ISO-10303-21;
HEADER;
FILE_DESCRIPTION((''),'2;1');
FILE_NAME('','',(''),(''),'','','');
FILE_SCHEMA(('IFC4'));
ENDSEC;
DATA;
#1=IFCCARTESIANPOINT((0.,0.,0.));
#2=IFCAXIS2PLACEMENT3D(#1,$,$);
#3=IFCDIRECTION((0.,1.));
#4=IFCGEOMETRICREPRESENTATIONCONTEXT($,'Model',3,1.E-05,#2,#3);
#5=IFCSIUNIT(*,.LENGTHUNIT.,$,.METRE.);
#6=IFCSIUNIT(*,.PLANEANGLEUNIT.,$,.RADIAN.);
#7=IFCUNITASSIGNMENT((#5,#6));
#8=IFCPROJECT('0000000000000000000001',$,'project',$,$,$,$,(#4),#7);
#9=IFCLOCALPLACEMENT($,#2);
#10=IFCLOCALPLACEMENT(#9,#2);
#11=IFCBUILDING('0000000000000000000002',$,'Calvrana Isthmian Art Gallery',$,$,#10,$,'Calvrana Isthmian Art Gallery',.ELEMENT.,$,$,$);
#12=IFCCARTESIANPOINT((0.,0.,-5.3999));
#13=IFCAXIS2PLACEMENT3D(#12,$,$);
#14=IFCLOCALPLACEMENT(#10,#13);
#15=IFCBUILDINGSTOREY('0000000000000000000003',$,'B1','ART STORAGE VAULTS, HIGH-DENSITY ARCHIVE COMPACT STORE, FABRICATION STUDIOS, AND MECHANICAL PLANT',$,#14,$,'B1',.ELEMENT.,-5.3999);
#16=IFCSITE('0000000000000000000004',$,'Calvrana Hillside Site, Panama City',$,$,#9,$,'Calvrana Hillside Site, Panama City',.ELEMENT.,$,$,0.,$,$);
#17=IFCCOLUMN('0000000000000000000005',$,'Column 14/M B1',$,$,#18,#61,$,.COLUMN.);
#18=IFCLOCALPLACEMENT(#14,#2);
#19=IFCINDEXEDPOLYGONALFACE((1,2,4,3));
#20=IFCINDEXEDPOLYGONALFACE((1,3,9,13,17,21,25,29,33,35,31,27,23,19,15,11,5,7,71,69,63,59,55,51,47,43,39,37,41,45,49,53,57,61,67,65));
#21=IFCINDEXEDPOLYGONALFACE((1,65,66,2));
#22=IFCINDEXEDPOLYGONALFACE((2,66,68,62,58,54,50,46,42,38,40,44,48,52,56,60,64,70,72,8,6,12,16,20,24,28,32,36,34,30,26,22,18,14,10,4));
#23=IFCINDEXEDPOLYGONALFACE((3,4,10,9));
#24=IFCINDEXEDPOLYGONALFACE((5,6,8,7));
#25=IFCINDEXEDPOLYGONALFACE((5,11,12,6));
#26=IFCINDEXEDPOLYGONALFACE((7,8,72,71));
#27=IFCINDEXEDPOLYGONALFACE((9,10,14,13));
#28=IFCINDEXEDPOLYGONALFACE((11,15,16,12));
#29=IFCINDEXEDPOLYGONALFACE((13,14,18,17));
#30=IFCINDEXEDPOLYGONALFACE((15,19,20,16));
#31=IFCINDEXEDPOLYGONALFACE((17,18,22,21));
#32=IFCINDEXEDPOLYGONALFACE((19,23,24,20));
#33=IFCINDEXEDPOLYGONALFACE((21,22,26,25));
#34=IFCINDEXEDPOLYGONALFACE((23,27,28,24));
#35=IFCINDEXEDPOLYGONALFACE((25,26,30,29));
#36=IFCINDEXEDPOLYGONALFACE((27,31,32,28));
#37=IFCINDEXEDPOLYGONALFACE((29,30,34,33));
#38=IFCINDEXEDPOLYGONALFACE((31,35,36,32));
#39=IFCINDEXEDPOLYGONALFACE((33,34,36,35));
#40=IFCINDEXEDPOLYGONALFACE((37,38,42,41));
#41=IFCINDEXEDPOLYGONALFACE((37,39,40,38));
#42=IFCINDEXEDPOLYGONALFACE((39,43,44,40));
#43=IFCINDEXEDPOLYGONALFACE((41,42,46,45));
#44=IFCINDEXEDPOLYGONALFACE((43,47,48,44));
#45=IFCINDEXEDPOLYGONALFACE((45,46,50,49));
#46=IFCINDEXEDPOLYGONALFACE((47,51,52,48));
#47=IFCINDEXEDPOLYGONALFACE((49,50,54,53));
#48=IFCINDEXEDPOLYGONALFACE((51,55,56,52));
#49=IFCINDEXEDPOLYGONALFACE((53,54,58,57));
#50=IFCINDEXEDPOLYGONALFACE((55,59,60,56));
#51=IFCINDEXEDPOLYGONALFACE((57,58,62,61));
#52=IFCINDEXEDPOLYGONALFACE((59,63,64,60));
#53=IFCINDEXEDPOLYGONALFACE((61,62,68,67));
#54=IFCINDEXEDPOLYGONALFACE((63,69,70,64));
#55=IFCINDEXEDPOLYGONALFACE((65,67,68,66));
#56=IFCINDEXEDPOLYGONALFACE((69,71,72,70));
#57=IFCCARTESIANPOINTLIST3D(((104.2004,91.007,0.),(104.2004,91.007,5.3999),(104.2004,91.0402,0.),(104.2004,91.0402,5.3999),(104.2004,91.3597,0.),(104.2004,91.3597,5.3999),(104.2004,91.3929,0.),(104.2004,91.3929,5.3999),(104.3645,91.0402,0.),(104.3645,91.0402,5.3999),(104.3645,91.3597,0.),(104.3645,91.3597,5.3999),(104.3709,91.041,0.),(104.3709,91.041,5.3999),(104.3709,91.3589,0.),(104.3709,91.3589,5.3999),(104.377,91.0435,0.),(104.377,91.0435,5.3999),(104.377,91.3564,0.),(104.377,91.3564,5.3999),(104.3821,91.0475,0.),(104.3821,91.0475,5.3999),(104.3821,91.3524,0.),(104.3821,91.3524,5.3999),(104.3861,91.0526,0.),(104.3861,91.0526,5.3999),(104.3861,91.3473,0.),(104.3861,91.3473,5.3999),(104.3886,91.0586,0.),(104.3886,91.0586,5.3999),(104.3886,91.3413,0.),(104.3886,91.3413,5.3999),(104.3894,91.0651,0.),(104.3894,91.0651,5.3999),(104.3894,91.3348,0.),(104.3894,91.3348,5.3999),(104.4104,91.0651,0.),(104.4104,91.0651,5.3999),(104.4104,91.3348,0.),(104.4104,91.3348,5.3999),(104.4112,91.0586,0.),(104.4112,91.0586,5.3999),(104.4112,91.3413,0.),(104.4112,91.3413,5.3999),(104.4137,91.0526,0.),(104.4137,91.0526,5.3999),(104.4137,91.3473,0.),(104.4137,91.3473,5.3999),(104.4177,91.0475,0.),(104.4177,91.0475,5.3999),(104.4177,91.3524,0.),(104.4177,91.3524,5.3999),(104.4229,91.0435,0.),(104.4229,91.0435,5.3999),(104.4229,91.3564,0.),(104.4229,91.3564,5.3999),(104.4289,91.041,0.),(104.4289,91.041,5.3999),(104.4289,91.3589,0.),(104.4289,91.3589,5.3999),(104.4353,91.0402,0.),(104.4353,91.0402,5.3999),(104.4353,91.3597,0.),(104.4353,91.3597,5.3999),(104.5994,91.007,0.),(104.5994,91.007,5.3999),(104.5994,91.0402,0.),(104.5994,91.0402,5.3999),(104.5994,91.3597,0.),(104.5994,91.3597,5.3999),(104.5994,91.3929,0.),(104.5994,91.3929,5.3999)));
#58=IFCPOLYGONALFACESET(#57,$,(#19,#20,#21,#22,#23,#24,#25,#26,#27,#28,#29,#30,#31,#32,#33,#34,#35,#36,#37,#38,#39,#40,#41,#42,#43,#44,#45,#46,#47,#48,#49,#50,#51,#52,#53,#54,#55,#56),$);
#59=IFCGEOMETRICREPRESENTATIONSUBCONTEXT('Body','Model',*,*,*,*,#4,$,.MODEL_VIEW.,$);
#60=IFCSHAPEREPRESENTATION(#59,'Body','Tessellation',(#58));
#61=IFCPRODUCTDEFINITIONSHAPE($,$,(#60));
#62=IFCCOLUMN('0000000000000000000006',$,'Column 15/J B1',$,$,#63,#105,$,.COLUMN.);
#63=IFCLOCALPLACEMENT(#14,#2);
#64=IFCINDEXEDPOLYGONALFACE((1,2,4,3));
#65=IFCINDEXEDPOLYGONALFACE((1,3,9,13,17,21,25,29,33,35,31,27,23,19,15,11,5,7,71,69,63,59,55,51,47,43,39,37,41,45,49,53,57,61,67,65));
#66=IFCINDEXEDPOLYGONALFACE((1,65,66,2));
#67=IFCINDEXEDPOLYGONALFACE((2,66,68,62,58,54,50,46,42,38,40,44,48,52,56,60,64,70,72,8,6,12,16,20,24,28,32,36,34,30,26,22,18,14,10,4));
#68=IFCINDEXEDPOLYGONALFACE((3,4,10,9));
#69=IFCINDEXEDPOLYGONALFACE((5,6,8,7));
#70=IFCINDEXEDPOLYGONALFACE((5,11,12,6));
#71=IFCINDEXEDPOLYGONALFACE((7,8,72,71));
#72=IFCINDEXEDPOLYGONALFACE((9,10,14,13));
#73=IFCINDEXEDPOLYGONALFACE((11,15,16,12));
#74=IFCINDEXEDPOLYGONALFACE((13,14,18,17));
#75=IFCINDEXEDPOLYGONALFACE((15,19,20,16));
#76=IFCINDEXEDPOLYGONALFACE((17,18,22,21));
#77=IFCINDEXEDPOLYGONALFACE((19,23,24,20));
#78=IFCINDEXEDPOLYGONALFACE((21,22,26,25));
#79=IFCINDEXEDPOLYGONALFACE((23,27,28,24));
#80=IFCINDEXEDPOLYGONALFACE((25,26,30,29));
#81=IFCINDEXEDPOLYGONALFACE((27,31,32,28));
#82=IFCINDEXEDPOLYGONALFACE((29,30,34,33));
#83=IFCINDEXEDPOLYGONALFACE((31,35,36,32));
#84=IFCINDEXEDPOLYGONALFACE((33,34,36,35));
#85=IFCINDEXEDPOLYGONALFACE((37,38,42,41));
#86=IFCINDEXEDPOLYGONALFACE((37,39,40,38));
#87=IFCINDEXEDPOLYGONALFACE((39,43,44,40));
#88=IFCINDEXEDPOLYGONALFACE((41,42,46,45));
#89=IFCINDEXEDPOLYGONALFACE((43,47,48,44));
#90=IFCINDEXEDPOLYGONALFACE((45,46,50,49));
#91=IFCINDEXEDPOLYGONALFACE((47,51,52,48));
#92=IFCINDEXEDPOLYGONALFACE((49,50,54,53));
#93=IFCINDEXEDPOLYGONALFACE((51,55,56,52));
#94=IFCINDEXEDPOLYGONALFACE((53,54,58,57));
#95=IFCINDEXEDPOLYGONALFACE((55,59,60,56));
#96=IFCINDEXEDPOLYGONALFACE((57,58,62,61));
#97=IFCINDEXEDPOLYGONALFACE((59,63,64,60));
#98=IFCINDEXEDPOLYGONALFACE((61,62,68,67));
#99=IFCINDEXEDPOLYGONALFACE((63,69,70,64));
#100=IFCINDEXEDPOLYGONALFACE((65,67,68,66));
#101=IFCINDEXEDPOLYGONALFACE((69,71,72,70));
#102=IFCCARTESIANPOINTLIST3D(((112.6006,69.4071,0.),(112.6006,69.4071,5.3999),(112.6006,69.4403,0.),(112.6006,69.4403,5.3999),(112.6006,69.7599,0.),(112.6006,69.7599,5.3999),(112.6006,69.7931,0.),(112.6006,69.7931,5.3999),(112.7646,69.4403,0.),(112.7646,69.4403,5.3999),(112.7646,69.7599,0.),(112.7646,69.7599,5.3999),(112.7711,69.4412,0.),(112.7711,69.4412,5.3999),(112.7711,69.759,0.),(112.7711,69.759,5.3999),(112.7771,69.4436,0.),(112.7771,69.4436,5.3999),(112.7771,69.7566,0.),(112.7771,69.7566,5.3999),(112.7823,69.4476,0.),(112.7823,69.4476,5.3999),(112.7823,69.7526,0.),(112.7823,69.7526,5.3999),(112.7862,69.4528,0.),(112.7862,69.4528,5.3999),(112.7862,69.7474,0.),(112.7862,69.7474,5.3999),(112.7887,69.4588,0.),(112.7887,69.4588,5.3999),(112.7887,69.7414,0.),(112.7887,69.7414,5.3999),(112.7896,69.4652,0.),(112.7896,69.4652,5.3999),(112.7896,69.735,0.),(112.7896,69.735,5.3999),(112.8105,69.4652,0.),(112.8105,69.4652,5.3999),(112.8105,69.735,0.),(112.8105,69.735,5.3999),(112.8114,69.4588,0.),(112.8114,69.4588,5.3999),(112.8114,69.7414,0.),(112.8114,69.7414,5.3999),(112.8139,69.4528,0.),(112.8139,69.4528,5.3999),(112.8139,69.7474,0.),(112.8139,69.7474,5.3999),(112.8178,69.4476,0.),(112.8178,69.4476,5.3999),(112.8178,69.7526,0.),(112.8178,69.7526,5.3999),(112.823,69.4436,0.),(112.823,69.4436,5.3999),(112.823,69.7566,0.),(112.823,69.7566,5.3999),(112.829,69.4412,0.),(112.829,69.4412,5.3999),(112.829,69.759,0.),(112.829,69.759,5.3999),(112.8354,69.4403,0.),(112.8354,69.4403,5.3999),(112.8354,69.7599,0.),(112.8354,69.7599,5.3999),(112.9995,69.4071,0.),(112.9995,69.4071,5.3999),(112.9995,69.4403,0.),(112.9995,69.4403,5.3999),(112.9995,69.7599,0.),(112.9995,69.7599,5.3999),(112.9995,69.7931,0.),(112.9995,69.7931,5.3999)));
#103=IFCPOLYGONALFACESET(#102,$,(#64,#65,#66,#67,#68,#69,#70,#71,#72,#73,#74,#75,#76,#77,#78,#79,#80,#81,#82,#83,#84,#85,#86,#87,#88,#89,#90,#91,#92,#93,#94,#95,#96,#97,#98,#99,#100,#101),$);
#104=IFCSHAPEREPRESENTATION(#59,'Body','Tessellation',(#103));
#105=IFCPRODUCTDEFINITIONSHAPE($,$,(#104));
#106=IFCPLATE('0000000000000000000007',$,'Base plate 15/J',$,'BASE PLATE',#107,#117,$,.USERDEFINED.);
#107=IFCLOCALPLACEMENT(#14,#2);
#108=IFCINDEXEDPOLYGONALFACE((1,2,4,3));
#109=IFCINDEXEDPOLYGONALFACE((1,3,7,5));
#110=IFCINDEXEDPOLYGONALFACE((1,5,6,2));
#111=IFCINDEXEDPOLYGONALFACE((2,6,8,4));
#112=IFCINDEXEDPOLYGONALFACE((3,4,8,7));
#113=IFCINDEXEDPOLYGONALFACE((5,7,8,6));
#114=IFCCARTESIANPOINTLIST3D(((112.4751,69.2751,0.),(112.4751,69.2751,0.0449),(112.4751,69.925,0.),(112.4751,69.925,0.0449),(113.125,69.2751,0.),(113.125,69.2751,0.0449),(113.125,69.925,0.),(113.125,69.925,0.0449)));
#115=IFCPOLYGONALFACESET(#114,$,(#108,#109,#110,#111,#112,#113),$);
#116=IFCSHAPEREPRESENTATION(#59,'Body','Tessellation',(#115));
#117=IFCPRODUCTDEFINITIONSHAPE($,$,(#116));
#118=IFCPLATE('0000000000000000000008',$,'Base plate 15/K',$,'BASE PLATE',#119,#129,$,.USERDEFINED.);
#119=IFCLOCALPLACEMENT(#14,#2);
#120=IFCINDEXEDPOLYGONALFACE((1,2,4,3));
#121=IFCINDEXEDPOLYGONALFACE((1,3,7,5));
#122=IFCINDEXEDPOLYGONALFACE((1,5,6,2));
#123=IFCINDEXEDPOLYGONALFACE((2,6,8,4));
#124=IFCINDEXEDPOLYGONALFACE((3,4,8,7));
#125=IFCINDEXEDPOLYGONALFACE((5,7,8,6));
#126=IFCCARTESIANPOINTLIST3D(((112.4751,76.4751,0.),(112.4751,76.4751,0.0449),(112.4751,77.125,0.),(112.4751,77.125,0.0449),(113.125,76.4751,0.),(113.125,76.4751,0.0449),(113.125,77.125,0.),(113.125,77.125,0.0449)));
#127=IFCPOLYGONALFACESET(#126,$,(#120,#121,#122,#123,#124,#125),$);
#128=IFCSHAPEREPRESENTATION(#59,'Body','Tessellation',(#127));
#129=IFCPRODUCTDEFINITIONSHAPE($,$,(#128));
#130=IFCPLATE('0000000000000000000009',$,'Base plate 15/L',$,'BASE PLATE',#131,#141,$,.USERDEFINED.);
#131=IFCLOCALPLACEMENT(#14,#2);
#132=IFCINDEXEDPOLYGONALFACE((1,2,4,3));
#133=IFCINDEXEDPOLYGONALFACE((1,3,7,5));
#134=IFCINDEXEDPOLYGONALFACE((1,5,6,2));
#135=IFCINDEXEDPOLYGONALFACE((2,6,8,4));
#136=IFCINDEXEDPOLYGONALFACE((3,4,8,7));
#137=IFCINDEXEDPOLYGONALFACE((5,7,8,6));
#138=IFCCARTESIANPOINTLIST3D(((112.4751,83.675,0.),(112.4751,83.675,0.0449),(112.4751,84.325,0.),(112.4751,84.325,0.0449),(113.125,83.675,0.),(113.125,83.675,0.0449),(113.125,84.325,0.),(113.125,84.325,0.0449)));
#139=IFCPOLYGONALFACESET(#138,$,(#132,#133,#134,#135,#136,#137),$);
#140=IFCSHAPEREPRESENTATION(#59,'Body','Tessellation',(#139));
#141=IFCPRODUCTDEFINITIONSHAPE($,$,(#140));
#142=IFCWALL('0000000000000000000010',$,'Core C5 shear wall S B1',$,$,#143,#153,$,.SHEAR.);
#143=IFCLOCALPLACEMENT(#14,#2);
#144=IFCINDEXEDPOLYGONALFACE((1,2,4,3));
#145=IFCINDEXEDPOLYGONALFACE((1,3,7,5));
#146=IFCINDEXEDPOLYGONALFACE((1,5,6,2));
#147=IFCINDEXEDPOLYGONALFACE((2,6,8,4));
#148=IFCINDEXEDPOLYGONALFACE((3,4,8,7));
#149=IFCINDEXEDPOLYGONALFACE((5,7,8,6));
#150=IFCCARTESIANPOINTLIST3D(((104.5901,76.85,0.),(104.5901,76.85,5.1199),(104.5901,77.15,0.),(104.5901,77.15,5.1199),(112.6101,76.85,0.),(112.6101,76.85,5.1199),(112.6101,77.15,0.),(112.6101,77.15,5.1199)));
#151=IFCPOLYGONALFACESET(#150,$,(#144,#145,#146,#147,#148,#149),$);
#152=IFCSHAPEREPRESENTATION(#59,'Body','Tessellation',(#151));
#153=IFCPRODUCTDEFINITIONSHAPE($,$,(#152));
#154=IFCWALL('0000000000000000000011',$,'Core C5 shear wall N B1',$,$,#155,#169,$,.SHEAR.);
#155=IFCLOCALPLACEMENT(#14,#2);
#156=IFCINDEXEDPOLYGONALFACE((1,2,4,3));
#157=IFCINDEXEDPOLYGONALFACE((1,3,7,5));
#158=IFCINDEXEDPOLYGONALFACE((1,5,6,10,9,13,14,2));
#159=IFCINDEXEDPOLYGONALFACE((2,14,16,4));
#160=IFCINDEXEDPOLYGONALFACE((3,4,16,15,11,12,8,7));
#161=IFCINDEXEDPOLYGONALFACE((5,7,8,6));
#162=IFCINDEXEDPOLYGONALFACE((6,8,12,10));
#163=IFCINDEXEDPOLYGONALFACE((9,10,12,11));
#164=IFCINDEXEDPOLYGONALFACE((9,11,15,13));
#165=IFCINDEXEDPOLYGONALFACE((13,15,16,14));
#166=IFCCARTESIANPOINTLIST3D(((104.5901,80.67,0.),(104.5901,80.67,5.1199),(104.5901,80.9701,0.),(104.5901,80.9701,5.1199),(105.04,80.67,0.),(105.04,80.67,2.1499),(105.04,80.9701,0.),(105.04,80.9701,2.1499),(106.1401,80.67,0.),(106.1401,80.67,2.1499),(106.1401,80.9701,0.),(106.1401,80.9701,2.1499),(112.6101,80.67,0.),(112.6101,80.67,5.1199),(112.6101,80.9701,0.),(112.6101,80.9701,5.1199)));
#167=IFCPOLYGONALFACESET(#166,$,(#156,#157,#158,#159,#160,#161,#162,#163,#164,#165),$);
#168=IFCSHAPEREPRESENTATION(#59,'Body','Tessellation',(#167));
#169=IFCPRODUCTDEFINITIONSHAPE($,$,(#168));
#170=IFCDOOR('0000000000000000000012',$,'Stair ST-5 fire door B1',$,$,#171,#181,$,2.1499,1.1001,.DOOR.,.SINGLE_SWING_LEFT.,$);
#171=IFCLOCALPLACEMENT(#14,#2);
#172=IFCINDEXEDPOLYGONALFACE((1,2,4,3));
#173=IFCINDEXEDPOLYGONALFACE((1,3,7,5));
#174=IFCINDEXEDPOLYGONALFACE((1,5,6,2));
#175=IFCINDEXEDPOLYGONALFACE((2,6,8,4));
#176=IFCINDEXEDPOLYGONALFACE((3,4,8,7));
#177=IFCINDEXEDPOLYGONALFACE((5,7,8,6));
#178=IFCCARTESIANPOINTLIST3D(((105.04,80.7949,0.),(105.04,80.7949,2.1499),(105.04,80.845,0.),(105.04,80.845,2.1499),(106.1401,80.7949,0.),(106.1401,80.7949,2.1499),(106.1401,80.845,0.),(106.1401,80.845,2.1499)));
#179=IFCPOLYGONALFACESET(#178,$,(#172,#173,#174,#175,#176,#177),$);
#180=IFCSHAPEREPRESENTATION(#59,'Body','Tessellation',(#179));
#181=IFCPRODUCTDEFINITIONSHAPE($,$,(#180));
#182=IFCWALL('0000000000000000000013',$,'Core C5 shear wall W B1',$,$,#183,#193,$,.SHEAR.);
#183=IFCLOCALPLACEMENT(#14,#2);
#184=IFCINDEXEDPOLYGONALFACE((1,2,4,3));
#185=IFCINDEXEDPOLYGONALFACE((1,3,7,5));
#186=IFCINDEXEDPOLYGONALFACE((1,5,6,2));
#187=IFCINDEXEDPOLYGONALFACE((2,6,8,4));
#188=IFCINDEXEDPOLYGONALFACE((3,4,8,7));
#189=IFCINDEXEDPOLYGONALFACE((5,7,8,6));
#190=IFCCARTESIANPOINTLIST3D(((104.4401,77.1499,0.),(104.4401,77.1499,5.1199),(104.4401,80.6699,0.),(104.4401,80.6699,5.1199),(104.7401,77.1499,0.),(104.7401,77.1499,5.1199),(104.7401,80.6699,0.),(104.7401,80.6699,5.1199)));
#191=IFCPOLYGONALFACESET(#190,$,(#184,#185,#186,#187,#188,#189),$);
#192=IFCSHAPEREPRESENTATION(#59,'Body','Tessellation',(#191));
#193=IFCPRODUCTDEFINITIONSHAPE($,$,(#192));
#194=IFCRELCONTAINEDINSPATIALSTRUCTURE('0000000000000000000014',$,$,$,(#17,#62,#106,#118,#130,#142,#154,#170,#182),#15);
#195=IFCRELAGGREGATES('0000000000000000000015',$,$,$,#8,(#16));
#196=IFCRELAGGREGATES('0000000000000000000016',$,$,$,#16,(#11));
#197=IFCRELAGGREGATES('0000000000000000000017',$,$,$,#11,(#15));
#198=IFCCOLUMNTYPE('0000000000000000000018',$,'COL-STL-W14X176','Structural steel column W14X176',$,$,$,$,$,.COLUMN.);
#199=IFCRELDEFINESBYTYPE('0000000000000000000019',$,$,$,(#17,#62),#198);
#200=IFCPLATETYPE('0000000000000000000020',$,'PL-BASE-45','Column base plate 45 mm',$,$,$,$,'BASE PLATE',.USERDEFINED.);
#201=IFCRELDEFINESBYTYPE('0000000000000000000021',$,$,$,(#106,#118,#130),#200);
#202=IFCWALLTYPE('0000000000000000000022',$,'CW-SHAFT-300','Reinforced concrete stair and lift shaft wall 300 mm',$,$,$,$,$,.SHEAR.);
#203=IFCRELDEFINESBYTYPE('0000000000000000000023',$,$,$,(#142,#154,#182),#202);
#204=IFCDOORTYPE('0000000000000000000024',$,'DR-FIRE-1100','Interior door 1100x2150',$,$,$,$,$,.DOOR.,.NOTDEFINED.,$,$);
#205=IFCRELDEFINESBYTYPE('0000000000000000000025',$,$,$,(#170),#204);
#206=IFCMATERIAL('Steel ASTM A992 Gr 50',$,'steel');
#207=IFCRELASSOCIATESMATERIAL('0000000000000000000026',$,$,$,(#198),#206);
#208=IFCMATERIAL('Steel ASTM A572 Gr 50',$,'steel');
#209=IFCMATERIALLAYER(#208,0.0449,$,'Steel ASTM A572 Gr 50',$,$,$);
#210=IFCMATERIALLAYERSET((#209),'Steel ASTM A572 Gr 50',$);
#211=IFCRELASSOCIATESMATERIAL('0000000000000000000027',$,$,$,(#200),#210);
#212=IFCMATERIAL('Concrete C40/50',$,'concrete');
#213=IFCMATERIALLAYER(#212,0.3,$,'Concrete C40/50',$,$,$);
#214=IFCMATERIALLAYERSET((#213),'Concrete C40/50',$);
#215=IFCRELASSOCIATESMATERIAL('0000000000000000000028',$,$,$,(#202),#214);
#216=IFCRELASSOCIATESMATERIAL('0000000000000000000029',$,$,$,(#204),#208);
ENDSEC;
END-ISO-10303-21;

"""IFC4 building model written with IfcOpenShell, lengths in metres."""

from ifc_helpers import new_model, si_unit, direction, frame, frame_2d, origin, origin_2d, place, context, subcontext, project, spatial, rectangle, i_section, extrude, material, layer, layer_set, material_profile, profile_set, type_object, element, fill, save


model = new_model("IFC4")

# Units and contexts
model_context = context("Model", 3, precision=1e-05, world=origin(), true_north=direction((0.0, 1.0)))
body_context = subcontext(model_context, "Body", "Model", "MODEL_VIEW")
ifc_project = project(units=[si_unit("LENGTHUNIT", "METRE"), si_unit("PLANEANGLEUNIT", "RADIAN")], contexts=[model_context])

# Site, building, storey
site_placement = place(None, origin())
site = spatial("IfcSite", under=ifc_project, at=site_placement, Name="Calvrana Hillside Site, Panama City", LongName="Calvrana Hillside Site, Panama City", CompositionType="ELEMENT", RefElevation=0.0)
building_placement = place(site_placement, origin())
building = spatial("IfcBuilding", under=site, at=building_placement, Name="Calvrana Isthmian Art Gallery", LongName="Calvrana Isthmian Art Gallery", CompositionType="ELEMENT")
storey_placement = place(building_placement, frame((0.0, 0.0, -5.3999)))
storey = spatial("IfcBuildingStorey", under=building, at=storey_placement, Name="B1", Description="ART STORAGE VAULTS, HIGH-DENSITY ARCHIVE COMPACT STORE, FABRICATION STUDIOS, AND MECHANICAL PLANT", LongName="B1", CompositionType="ELEMENT", Elevation=-5.3999)

# Columns
ifc_material_1 = material(Name="Steel ASTM A992 Gr 50", Category="steel")
ifc_material_profile_1 = material_profile(ifc_material_1, i_section(OverallWidth=0.3989, OverallDepth=0.386, WebThickness=0.021, FlangeThickness=0.0332, FilletRadius=0.0249, at=origin_2d()), Name="W14X176")
ifc_profile_set_1 = profile_set([ifc_material_profile_1], Name="Steel ASTM A992 Gr 50")
column_type_1 = type_object("IfcColumnType", Name="COL-STL-W14X176", Description="Structural steel column W14X176", PredefinedType="COLUMN", material=ifc_profile_set_1)
for number, where, z_axis, x_axis, name in (
    (1, (104.3999, 91.2, 0.0), (0.0, 0.0, 1.0), (1.0, 0.0, 0.0), "Column 14/M B1"),
    (2, (112.8, 69.6001, 0.0), (0.0, 0.0, 1.0), (1.0, 0.0, 0.0), "Column 15/J B1"),
):
    element("IfcColumn", number, at=place(storey_placement, frame(where, z_axis=z_axis, x_axis=x_axis)), inside=storey, type_object=column_type_1, Name=name, PredefinedType="COLUMN", context=body_context, shape_type="SweptSolid", body=[
        extrude(i_section(OverallWidth=0.3989, OverallDepth=0.386, WebThickness=0.021, FlangeThickness=0.0332, FilletRadius=0.0249, at=origin_2d()), origin(), (0.0, 0.0, 1.0), 5.3999),
    ])

# Plates
ifc_material_2 = material(Name="Steel ASTM A572 Gr 50", Category="steel")
ifc_layer_1 = layer(ifc_material_2, 0.0449, Name="Steel ASTM A572 Gr 50")
ifc_layer_set_1 = layer_set([ifc_layer_1], Name="Steel ASTM A572 Gr 50")
plate_type = type_object("IfcPlateType", Name="PL-BASE-45", Description="Column base plate 45 mm", ElementType="BASE PLATE", PredefinedType="USERDEFINED", material=ifc_layer_set_1)
for number, where, z_axis, x_axis, name in (
    (3, (112.8, 69.6001, 0.0), (0.0, 0.0, 1.0), (1.0, 0.0, 0.0), "Base plate 15/J"),
    (4, (112.8, 76.8, 0.0), (0.0, 0.0, 1.0), (1.0, 0.0, 0.0), "Base plate 15/K"),
    (5, (112.8, 84.0, 0.0), (0.0, 0.0, 1.0), (1.0, 0.0, 0.0), "Base plate 15/L"),
):
    element("IfcPlate", number, at=place(storey_placement, frame(where, z_axis=z_axis, x_axis=x_axis)), inside=storey, type_object=plate_type, Name=name, ObjectType="BASE PLATE", PredefinedType="USERDEFINED", context=body_context, shape_type="SweptSolid", body=[
        extrude(rectangle(XDim=0.6499, YDim=0.6499, at=origin_2d()), origin(), (0.0, 0.0, 1.0), 0.0449),
    ])

# Wall
ifc_material_3 = material(Name="Concrete C40/50", Category="concrete")
ifc_layer_2 = layer(ifc_material_3, 0.3, Name="Concrete C40/50")
ifc_layer_set_2 = layer_set([ifc_layer_2], Name="Concrete C40/50")
wall_type_1 = type_object("IfcWallType", Name="CW-SHAFT-300", Description="Reinforced concrete stair and lift shaft wall 300 mm", PredefinedType="SHEAR", material=ifc_layer_set_2)
wall_1_placement = place(storey_placement, frame((104.5901, 77.0, 0.0), z_axis=(0.0, 0.0, 1.0), x_axis=(1.0, 0.0, 0.0)))
element("IfcWall", 6, at=wall_1_placement, inside=storey, type_object=wall_type_1, Name="Core C5 shear wall S B1", PredefinedType="SHEAR", context=body_context, shape_type="SweptSolid", body=[
    extrude(rectangle(XDim=8.02, YDim=0.3, at=frame_2d((4.01, 0.0))), origin(), (0.0, 0.0, 1.0), 5.1199),
])

# Wall, opening, door
wall_2_placement = place(storey_placement, frame((104.5901, 80.8201, 0.0), z_axis=(0.0, 0.0, 1.0), x_axis=(1.0, 0.0, 0.0)))
wall_2 = element("IfcWall", 7, at=wall_2_placement, inside=storey, type_object=wall_type_1, Name="Core C5 shear wall N B1", PredefinedType="SHEAR", context=body_context, shape_type="SweptSolid", body=[
    extrude(rectangle(XDim=8.02, YDim=0.3, at=frame_2d((4.01, 0.0))), origin(), (0.0, 0.0, 1.0), 5.1199),
])
opening_1_placement = place(wall_2_placement, frame((0.45, 0.0, 0.0)))
opening_1 = element("IfcOpeningElement", 8, at=opening_1_placement, cuts=wall_2, PredefinedType="OPENING", context=body_context, shape_type="SweptSolid", body=[
    extrude(rectangle(XDim=1.1001, YDim=2.1499, at=frame_2d((0.55, 1.075))), frame((0.0, 0.1602, 0.0), z_axis=(0.0, -1.0, 0.0), x_axis=(1.0, 0.0, 0.0)), (0.0, 0.0, 1.0), 0.3206),
])
door_type_1 = type_object("IfcDoorType", Name="DR-FIRE-1100", Description="Interior door 1100x2150", OperationType="NOTDEFINED", PredefinedType="DOOR", material=ifc_material_2)
door_1_placement = place(opening_1_placement, origin())
door_1 = element("IfcDoor", 9, at=door_1_placement, inside=storey, type_object=door_type_1, Name="Stair ST-5 fire door B1", OperationType="SINGLE_SWING_LEFT", OverallHeight=2.1499, OverallWidth=1.1001, PredefinedType="DOOR", context=body_context, shape_type="SweptSolid", body=[
    extrude(rectangle(XDim=1.1001, YDim=2.1499, at=frame_2d((0.55, 1.075))), frame((0.0, 0.0249, 0.0), z_axis=(0.0, -1.0, 0.0), x_axis=(1.0, 0.0, 0.0)), (0.0, 0.0, 1.0), 0.05),
])
fill(opening_1, door_1)

# Wall
for number, where, z_axis, x_axis, name in (
    (10, (104.5901, 77.1499, 0.0), (0.0, 0.0, 1.0), (0.0, 1.0, 0.0), "Core C5 shear wall W B1"),
):
    element("IfcWall", number, at=place(storey_placement, frame(where, z_axis=z_axis, x_axis=x_axis)), inside=storey, type_object=wall_type_1, Name=name, PredefinedType="SHEAR", context=body_context, shape_type="SweptSolid", body=[
        extrude(rectangle(XDim=3.52, YDim=0.3, at=frame_2d((1.76, 0.0))), origin(), (0.0, 0.0, 1.0), 5.1199),
    ])

save(model, "model.ifc")
